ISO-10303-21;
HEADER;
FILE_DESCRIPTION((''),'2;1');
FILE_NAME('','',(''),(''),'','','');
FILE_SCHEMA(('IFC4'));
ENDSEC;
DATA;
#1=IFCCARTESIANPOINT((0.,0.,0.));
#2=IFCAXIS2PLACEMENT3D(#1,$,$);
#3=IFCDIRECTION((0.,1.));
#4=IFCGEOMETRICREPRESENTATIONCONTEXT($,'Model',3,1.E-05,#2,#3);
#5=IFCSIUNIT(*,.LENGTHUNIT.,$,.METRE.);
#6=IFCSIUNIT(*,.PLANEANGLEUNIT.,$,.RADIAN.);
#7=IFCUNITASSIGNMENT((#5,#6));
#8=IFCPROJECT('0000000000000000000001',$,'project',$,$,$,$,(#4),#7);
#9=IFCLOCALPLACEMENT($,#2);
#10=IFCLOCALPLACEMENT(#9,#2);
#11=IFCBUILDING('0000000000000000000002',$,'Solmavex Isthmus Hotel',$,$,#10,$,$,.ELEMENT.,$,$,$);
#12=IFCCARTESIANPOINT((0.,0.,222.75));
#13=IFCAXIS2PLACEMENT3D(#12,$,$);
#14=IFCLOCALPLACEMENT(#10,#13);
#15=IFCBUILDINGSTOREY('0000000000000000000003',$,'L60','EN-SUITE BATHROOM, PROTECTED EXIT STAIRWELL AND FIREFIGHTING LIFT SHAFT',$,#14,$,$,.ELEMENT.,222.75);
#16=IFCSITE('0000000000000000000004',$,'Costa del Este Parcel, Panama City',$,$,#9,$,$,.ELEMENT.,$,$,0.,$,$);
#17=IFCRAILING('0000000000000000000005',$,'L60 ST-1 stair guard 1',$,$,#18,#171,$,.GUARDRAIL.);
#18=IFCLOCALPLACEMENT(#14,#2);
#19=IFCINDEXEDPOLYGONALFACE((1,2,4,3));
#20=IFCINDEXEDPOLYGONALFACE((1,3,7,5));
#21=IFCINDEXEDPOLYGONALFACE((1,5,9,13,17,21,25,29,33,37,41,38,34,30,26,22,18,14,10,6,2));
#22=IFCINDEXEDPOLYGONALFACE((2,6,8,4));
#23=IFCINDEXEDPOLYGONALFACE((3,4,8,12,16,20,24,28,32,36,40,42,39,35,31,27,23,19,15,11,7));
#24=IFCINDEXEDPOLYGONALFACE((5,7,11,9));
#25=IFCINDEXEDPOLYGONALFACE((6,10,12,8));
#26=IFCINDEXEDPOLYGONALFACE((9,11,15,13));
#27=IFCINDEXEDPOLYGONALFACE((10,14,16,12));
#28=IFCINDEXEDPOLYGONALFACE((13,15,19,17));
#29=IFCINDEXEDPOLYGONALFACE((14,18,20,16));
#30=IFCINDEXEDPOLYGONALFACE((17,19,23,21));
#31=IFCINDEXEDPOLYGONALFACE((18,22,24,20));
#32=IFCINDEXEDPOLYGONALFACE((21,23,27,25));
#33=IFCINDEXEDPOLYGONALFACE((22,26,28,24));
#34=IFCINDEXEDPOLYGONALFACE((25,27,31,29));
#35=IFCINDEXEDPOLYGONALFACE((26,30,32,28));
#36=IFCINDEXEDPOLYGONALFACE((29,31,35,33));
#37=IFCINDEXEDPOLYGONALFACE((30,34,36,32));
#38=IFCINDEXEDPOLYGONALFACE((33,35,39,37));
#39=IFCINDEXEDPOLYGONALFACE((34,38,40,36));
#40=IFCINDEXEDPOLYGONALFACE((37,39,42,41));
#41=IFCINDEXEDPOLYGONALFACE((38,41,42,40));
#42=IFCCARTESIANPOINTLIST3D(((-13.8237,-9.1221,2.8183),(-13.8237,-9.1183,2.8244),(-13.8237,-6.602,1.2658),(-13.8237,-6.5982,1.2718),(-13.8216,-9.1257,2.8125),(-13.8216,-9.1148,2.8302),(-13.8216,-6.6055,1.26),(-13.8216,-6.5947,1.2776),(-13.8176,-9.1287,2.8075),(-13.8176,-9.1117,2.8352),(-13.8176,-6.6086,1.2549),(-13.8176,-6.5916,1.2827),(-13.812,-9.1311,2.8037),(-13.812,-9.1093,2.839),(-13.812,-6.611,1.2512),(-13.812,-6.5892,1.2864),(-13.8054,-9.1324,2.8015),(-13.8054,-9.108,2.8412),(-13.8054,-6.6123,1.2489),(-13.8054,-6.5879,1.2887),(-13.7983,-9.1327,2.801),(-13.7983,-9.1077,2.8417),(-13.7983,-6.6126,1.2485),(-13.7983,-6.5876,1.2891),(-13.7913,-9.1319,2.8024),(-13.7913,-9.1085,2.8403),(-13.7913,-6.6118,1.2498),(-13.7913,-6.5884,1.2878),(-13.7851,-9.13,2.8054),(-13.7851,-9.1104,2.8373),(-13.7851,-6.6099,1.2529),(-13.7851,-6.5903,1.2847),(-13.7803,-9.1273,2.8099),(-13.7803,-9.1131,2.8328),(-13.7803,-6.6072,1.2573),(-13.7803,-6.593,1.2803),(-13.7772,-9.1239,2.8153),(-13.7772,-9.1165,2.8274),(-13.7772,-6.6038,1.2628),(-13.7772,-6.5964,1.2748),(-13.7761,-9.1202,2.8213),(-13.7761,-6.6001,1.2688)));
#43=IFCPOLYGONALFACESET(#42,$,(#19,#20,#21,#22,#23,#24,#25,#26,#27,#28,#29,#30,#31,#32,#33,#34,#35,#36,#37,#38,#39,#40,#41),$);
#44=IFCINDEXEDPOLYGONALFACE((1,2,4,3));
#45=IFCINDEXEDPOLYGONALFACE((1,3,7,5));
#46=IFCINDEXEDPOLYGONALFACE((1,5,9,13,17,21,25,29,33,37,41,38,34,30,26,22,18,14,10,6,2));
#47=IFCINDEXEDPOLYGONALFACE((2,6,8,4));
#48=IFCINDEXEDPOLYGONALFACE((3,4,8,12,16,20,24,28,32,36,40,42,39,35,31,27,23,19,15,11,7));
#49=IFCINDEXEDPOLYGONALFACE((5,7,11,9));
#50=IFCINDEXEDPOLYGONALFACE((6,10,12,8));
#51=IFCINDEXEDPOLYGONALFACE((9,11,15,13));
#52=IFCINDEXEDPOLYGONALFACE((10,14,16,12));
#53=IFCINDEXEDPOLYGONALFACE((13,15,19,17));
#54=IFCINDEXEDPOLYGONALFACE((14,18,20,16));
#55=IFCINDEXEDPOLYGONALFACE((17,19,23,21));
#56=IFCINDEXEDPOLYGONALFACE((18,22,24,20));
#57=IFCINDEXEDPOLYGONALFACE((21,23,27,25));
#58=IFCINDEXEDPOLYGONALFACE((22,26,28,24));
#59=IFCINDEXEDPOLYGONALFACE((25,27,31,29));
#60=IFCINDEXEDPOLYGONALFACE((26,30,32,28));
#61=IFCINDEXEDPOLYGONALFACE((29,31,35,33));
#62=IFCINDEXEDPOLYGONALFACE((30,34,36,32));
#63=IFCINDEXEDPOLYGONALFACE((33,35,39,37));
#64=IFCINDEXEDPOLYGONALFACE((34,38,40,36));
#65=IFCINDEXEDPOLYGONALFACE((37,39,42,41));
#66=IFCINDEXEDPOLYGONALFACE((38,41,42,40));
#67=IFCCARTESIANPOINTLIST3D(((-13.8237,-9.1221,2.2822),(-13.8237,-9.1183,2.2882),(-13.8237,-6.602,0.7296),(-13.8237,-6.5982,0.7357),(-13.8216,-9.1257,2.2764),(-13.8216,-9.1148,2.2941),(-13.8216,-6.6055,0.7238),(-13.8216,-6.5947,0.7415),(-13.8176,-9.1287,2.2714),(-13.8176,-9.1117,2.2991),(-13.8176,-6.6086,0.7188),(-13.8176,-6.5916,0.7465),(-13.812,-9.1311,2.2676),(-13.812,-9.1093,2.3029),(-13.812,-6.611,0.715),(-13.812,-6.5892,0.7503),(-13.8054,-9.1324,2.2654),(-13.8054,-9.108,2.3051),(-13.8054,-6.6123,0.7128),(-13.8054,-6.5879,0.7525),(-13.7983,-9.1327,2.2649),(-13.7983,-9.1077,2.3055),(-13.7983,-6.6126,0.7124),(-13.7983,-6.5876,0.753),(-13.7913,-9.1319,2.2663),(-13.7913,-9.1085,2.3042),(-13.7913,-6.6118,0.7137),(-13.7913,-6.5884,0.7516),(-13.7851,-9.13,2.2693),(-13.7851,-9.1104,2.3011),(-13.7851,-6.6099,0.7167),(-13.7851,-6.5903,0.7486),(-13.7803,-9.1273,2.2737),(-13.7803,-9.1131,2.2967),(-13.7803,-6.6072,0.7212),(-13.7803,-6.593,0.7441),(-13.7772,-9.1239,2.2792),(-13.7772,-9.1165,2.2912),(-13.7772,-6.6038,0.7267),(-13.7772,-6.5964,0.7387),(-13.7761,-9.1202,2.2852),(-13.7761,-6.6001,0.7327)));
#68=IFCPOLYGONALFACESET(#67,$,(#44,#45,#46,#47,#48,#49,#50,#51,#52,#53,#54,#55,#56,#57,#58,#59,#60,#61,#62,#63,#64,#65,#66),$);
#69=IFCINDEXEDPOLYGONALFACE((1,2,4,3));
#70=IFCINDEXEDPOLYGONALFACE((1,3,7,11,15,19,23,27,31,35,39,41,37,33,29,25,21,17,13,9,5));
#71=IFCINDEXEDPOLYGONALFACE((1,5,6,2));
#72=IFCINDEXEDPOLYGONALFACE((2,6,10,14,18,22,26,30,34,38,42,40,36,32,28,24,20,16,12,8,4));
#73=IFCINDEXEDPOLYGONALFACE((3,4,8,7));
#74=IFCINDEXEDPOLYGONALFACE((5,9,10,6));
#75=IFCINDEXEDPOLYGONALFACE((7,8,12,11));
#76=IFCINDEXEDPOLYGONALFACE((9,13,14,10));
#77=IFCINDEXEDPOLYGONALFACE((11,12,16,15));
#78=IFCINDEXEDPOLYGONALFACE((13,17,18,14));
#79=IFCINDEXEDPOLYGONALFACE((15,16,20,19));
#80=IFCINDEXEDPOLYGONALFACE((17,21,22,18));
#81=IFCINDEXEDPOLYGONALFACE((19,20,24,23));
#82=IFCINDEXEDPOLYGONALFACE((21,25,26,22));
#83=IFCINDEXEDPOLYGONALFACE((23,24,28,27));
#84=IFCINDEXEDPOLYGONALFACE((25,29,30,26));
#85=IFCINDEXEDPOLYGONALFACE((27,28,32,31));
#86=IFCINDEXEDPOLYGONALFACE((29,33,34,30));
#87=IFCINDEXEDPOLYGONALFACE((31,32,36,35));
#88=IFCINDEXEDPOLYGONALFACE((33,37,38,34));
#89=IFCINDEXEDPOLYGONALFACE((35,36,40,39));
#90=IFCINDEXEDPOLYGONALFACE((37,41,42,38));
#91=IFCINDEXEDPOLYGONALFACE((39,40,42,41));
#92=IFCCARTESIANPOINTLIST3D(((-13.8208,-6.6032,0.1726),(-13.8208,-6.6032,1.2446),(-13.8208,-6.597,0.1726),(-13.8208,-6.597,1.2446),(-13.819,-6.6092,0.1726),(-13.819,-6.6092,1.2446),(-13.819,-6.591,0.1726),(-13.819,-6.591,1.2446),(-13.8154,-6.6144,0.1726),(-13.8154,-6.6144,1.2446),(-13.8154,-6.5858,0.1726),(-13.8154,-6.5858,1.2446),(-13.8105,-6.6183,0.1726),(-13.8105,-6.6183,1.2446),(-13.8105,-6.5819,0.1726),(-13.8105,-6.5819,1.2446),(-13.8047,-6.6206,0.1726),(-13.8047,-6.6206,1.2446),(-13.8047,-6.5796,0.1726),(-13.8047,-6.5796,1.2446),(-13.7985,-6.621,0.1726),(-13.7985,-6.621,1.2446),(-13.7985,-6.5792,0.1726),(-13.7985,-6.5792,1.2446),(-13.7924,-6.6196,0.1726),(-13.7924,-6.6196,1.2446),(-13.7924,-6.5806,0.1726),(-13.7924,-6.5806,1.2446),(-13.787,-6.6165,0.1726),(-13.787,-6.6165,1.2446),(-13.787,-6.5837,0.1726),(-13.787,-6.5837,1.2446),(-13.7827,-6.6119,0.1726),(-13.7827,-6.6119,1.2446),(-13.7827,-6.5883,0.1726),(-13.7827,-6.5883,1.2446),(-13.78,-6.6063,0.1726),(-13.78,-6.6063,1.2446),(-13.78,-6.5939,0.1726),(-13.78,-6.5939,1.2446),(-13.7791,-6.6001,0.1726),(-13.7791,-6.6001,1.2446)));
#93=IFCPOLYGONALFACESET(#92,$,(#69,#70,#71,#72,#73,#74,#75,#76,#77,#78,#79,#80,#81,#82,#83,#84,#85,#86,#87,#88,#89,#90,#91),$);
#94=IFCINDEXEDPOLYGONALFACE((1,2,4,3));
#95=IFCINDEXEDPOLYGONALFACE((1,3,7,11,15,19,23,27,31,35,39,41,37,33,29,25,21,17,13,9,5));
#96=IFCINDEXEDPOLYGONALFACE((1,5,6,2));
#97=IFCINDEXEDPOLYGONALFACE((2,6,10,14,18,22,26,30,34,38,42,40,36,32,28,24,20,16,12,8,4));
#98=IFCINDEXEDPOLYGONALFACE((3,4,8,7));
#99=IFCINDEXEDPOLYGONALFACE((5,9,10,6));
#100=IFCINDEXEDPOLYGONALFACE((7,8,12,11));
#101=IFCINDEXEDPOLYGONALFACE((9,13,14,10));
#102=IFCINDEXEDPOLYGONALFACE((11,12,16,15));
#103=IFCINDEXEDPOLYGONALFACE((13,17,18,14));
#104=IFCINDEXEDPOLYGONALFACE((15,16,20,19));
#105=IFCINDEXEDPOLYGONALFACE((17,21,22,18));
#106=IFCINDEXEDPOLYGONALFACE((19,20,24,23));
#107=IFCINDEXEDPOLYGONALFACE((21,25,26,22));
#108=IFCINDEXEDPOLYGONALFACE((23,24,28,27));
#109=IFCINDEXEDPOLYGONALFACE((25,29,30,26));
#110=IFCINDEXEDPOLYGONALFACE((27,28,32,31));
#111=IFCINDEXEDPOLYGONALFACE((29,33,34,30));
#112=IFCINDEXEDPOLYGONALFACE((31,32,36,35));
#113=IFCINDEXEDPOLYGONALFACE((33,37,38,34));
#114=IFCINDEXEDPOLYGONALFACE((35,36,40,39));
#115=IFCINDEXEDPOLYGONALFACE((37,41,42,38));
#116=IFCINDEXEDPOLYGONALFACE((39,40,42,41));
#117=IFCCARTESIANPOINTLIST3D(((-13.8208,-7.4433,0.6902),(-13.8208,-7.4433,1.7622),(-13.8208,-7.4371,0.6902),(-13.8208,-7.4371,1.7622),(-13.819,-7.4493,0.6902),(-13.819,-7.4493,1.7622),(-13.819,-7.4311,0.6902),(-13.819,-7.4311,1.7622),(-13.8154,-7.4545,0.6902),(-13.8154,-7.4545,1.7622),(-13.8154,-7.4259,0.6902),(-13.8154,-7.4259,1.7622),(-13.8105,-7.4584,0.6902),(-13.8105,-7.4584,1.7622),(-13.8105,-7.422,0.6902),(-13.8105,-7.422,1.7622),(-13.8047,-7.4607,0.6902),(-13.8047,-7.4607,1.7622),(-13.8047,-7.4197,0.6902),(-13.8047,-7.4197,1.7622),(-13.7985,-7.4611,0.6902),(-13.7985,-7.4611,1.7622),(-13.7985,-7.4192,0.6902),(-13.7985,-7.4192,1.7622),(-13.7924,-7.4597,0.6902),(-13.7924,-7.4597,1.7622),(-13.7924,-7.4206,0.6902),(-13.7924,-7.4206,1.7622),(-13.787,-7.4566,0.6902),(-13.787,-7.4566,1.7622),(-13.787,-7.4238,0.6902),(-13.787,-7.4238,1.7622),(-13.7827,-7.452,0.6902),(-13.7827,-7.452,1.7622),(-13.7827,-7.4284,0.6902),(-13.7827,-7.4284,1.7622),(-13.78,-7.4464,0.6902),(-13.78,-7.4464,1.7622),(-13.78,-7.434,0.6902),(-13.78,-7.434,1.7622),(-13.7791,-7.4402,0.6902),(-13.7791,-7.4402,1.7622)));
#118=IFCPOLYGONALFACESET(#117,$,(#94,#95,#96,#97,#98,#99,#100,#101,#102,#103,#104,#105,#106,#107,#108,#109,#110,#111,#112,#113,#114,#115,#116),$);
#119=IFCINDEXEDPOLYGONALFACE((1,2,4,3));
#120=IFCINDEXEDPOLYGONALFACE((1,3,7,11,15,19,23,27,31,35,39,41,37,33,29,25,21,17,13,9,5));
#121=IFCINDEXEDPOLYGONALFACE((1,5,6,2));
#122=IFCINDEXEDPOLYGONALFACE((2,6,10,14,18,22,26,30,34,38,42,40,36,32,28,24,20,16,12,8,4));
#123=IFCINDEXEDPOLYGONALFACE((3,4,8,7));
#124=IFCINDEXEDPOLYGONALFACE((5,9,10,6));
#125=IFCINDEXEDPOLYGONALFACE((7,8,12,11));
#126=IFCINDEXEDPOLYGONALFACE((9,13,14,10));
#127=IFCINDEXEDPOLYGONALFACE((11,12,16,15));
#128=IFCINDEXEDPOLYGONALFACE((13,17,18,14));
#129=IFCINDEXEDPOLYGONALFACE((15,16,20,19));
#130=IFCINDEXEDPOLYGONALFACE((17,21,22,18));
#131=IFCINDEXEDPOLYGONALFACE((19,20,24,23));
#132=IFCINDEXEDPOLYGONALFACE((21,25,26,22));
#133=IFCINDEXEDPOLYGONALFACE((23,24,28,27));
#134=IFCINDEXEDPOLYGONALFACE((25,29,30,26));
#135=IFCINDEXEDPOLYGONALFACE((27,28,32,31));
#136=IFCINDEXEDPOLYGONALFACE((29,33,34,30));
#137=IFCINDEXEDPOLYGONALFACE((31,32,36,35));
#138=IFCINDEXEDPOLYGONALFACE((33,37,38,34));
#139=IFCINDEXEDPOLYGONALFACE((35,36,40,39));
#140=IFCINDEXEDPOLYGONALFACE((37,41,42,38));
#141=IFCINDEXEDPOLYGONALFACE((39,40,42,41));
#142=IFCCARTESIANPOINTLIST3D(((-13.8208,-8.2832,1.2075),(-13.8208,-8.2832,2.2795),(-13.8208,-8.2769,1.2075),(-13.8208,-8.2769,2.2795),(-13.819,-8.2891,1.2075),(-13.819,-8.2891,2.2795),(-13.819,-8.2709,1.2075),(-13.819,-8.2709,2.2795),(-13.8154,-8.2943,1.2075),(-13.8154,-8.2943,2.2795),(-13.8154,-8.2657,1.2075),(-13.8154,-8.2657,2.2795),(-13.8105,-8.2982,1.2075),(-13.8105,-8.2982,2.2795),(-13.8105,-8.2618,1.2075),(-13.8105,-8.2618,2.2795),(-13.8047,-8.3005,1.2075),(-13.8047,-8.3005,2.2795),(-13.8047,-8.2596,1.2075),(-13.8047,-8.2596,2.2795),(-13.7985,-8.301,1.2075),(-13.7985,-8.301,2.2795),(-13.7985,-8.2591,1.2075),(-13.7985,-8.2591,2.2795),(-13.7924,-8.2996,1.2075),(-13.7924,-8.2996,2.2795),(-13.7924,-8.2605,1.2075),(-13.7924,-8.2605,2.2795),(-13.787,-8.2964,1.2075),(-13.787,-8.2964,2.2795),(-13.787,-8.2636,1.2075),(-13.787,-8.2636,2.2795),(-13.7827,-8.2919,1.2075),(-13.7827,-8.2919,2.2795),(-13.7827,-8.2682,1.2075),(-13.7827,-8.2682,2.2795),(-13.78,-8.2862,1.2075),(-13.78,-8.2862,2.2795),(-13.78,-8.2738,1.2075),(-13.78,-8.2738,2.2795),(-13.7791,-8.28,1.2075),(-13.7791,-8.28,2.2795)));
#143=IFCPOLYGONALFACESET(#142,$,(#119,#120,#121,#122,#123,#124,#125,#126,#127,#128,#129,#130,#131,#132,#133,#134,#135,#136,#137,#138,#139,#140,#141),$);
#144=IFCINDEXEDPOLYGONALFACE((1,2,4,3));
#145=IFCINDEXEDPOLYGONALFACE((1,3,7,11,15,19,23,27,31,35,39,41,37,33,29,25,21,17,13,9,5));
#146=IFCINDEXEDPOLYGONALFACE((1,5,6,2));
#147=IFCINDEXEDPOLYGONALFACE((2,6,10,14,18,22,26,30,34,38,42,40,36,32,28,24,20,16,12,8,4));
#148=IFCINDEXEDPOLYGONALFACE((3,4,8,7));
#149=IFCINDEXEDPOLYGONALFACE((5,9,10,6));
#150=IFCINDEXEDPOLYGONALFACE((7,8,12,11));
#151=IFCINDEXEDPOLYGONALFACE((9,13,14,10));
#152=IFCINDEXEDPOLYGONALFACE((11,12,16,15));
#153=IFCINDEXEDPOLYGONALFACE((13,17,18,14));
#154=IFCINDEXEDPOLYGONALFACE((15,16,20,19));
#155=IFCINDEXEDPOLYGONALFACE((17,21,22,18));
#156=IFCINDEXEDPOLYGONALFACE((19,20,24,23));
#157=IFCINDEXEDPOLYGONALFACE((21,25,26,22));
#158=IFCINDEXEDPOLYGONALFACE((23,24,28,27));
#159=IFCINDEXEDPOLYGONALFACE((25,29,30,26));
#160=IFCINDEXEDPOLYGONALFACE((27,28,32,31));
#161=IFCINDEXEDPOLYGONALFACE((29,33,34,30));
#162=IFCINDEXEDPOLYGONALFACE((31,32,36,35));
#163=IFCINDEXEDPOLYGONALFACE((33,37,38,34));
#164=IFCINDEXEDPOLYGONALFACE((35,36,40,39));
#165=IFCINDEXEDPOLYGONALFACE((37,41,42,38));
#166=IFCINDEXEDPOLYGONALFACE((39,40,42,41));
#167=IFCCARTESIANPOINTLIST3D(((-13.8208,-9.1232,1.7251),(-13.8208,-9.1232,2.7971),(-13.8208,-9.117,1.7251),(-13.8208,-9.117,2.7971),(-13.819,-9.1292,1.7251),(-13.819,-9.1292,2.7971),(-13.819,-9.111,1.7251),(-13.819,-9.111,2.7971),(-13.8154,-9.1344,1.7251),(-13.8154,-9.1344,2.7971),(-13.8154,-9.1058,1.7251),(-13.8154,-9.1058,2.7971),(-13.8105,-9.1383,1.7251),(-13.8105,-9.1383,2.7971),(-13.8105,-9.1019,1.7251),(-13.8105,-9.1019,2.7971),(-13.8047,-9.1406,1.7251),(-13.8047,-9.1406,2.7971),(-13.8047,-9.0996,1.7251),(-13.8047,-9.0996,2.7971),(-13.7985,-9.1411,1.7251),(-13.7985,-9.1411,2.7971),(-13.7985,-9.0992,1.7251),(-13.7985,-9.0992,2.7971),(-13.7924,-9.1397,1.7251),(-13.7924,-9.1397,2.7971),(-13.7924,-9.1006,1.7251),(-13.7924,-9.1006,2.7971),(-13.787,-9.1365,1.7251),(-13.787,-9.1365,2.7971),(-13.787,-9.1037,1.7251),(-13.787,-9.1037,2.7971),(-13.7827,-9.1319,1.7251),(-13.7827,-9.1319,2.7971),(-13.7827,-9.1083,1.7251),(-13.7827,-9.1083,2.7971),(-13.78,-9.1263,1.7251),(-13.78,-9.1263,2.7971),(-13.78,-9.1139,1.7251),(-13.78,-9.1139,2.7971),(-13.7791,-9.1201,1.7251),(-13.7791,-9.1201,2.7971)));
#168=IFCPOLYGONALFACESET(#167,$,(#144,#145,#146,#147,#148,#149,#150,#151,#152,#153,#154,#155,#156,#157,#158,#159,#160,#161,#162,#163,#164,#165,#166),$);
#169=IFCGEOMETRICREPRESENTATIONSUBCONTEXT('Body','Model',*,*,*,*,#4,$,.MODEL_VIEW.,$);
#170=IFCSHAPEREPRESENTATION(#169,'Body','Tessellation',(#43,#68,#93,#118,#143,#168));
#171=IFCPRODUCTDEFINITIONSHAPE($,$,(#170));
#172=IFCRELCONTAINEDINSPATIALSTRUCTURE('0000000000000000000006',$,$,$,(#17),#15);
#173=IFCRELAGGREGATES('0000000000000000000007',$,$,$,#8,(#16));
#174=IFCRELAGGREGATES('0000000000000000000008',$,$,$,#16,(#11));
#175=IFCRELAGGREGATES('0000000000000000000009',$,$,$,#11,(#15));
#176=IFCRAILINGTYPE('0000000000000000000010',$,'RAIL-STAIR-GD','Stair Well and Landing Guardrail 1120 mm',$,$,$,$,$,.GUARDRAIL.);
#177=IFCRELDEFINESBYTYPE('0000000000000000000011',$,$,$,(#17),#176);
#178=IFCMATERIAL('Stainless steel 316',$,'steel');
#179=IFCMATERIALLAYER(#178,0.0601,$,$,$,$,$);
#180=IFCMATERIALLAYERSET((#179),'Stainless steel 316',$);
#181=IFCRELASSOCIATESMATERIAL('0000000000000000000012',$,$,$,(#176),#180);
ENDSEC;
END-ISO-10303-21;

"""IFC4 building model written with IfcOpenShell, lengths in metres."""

from ifc_helpers import new_model, si_unit, direction, frame, origin, origin_2d, place, context, subcontext, project, spatial, circle, extrude, material, layer, layer_set, type_object, element, save


model = new_model("IFC4")

# Units and contexts
model_context = context("Model", 3, precision=1e-05, world=origin(), true_north=direction((0.0, 1.0)))
body_context = subcontext(model_context, "Body", "Model", "MODEL_VIEW")
ifc_project = project(units=[si_unit("LENGTHUNIT", "METRE"), si_unit("PLANEANGLEUNIT", "RADIAN")], contexts=[model_context])

# Site, building, storey
site_placement = place(None, origin())
site = spatial("IfcSite", under=ifc_project, at=site_placement, Name="Costa del Este Parcel, Panama City", CompositionType="ELEMENT", RefElevation=0.0)
building_placement = place(site_placement, origin())
building = spatial("IfcBuilding", under=site, at=building_placement, Name="Solmavex Isthmus Hotel", CompositionType="ELEMENT")
storey_placement = place(building_placement, frame((0.0, 0.0, 222.75)))
storey = spatial("IfcBuildingStorey", under=building, at=storey_placement, Name="L60", Description="EN-SUITE BATHROOM, PROTECTED EXIT STAIRWELL AND FIREFIGHTING LIFT SHAFT", CompositionType="ELEMENT", Elevation=222.75)

# Railing
ifc_material_1 = material(Name="Stainless steel 316", Category="steel")
ifc_layer_1 = layer(ifc_material_1, 0.0601)
ifc_layer_set_1 = layer_set([ifc_layer_1], Name="Stainless steel 316")
railing_type_1 = type_object("IfcRailingType", Name="RAIL-STAIR-GD", Description="Stair Well and Landing Guardrail 1120 mm", PredefinedType="GUARDRAIL", material=ifc_layer_set_1)
railing_1_placement = place(storey_placement, frame((-13.8, -6.6001, 0.1726)))
element("IfcRailing", 1, at=railing_1_placement, inside=storey, type_object=railing_type_1, Name="L60 ST-1 stair guard 1", PredefinedType="GUARDRAIL", context=body_context, shape_type="SweptSolid", body=[
    extrude(circle(Radius=0.0239, at=origin_2d()), frame((0.0, 0.0, 1.0962), z_axis=(0.0, -0.8514, 0.524516), x_axis=(1.0, 0.0, 0.0)), (0.0, 0.0, 1.0), 2.96),
    extrude(circle(Radius=0.0239, at=origin_2d()), frame((0.0, 0.0, 0.5601), z_axis=(0.0, -0.8514, 0.524516), x_axis=(1.0, 0.0, 0.0)), (0.0, 0.0, 1.0), 2.96),
    extrude(circle(Radius=0.021, at=origin_2d()), origin(), (0.0, 0.0, 1.0), 1.072),
    extrude(circle(Radius=0.021, at=origin_2d()), frame((0.0, -0.8401, 0.5176)), (0.0, 0.0, 1.0), 1.072),
    extrude(circle(Radius=0.021, at=origin_2d()), frame((0.0, -1.6799, 1.0349)), (0.0, 0.0, 1.0), 1.072),
    extrude(circle(Radius=0.021, at=origin_2d()), frame((0.0, -2.52, 1.5525)), (0.0, 0.0, 1.0), 1.072),
])

save(model, "model.ifc")
